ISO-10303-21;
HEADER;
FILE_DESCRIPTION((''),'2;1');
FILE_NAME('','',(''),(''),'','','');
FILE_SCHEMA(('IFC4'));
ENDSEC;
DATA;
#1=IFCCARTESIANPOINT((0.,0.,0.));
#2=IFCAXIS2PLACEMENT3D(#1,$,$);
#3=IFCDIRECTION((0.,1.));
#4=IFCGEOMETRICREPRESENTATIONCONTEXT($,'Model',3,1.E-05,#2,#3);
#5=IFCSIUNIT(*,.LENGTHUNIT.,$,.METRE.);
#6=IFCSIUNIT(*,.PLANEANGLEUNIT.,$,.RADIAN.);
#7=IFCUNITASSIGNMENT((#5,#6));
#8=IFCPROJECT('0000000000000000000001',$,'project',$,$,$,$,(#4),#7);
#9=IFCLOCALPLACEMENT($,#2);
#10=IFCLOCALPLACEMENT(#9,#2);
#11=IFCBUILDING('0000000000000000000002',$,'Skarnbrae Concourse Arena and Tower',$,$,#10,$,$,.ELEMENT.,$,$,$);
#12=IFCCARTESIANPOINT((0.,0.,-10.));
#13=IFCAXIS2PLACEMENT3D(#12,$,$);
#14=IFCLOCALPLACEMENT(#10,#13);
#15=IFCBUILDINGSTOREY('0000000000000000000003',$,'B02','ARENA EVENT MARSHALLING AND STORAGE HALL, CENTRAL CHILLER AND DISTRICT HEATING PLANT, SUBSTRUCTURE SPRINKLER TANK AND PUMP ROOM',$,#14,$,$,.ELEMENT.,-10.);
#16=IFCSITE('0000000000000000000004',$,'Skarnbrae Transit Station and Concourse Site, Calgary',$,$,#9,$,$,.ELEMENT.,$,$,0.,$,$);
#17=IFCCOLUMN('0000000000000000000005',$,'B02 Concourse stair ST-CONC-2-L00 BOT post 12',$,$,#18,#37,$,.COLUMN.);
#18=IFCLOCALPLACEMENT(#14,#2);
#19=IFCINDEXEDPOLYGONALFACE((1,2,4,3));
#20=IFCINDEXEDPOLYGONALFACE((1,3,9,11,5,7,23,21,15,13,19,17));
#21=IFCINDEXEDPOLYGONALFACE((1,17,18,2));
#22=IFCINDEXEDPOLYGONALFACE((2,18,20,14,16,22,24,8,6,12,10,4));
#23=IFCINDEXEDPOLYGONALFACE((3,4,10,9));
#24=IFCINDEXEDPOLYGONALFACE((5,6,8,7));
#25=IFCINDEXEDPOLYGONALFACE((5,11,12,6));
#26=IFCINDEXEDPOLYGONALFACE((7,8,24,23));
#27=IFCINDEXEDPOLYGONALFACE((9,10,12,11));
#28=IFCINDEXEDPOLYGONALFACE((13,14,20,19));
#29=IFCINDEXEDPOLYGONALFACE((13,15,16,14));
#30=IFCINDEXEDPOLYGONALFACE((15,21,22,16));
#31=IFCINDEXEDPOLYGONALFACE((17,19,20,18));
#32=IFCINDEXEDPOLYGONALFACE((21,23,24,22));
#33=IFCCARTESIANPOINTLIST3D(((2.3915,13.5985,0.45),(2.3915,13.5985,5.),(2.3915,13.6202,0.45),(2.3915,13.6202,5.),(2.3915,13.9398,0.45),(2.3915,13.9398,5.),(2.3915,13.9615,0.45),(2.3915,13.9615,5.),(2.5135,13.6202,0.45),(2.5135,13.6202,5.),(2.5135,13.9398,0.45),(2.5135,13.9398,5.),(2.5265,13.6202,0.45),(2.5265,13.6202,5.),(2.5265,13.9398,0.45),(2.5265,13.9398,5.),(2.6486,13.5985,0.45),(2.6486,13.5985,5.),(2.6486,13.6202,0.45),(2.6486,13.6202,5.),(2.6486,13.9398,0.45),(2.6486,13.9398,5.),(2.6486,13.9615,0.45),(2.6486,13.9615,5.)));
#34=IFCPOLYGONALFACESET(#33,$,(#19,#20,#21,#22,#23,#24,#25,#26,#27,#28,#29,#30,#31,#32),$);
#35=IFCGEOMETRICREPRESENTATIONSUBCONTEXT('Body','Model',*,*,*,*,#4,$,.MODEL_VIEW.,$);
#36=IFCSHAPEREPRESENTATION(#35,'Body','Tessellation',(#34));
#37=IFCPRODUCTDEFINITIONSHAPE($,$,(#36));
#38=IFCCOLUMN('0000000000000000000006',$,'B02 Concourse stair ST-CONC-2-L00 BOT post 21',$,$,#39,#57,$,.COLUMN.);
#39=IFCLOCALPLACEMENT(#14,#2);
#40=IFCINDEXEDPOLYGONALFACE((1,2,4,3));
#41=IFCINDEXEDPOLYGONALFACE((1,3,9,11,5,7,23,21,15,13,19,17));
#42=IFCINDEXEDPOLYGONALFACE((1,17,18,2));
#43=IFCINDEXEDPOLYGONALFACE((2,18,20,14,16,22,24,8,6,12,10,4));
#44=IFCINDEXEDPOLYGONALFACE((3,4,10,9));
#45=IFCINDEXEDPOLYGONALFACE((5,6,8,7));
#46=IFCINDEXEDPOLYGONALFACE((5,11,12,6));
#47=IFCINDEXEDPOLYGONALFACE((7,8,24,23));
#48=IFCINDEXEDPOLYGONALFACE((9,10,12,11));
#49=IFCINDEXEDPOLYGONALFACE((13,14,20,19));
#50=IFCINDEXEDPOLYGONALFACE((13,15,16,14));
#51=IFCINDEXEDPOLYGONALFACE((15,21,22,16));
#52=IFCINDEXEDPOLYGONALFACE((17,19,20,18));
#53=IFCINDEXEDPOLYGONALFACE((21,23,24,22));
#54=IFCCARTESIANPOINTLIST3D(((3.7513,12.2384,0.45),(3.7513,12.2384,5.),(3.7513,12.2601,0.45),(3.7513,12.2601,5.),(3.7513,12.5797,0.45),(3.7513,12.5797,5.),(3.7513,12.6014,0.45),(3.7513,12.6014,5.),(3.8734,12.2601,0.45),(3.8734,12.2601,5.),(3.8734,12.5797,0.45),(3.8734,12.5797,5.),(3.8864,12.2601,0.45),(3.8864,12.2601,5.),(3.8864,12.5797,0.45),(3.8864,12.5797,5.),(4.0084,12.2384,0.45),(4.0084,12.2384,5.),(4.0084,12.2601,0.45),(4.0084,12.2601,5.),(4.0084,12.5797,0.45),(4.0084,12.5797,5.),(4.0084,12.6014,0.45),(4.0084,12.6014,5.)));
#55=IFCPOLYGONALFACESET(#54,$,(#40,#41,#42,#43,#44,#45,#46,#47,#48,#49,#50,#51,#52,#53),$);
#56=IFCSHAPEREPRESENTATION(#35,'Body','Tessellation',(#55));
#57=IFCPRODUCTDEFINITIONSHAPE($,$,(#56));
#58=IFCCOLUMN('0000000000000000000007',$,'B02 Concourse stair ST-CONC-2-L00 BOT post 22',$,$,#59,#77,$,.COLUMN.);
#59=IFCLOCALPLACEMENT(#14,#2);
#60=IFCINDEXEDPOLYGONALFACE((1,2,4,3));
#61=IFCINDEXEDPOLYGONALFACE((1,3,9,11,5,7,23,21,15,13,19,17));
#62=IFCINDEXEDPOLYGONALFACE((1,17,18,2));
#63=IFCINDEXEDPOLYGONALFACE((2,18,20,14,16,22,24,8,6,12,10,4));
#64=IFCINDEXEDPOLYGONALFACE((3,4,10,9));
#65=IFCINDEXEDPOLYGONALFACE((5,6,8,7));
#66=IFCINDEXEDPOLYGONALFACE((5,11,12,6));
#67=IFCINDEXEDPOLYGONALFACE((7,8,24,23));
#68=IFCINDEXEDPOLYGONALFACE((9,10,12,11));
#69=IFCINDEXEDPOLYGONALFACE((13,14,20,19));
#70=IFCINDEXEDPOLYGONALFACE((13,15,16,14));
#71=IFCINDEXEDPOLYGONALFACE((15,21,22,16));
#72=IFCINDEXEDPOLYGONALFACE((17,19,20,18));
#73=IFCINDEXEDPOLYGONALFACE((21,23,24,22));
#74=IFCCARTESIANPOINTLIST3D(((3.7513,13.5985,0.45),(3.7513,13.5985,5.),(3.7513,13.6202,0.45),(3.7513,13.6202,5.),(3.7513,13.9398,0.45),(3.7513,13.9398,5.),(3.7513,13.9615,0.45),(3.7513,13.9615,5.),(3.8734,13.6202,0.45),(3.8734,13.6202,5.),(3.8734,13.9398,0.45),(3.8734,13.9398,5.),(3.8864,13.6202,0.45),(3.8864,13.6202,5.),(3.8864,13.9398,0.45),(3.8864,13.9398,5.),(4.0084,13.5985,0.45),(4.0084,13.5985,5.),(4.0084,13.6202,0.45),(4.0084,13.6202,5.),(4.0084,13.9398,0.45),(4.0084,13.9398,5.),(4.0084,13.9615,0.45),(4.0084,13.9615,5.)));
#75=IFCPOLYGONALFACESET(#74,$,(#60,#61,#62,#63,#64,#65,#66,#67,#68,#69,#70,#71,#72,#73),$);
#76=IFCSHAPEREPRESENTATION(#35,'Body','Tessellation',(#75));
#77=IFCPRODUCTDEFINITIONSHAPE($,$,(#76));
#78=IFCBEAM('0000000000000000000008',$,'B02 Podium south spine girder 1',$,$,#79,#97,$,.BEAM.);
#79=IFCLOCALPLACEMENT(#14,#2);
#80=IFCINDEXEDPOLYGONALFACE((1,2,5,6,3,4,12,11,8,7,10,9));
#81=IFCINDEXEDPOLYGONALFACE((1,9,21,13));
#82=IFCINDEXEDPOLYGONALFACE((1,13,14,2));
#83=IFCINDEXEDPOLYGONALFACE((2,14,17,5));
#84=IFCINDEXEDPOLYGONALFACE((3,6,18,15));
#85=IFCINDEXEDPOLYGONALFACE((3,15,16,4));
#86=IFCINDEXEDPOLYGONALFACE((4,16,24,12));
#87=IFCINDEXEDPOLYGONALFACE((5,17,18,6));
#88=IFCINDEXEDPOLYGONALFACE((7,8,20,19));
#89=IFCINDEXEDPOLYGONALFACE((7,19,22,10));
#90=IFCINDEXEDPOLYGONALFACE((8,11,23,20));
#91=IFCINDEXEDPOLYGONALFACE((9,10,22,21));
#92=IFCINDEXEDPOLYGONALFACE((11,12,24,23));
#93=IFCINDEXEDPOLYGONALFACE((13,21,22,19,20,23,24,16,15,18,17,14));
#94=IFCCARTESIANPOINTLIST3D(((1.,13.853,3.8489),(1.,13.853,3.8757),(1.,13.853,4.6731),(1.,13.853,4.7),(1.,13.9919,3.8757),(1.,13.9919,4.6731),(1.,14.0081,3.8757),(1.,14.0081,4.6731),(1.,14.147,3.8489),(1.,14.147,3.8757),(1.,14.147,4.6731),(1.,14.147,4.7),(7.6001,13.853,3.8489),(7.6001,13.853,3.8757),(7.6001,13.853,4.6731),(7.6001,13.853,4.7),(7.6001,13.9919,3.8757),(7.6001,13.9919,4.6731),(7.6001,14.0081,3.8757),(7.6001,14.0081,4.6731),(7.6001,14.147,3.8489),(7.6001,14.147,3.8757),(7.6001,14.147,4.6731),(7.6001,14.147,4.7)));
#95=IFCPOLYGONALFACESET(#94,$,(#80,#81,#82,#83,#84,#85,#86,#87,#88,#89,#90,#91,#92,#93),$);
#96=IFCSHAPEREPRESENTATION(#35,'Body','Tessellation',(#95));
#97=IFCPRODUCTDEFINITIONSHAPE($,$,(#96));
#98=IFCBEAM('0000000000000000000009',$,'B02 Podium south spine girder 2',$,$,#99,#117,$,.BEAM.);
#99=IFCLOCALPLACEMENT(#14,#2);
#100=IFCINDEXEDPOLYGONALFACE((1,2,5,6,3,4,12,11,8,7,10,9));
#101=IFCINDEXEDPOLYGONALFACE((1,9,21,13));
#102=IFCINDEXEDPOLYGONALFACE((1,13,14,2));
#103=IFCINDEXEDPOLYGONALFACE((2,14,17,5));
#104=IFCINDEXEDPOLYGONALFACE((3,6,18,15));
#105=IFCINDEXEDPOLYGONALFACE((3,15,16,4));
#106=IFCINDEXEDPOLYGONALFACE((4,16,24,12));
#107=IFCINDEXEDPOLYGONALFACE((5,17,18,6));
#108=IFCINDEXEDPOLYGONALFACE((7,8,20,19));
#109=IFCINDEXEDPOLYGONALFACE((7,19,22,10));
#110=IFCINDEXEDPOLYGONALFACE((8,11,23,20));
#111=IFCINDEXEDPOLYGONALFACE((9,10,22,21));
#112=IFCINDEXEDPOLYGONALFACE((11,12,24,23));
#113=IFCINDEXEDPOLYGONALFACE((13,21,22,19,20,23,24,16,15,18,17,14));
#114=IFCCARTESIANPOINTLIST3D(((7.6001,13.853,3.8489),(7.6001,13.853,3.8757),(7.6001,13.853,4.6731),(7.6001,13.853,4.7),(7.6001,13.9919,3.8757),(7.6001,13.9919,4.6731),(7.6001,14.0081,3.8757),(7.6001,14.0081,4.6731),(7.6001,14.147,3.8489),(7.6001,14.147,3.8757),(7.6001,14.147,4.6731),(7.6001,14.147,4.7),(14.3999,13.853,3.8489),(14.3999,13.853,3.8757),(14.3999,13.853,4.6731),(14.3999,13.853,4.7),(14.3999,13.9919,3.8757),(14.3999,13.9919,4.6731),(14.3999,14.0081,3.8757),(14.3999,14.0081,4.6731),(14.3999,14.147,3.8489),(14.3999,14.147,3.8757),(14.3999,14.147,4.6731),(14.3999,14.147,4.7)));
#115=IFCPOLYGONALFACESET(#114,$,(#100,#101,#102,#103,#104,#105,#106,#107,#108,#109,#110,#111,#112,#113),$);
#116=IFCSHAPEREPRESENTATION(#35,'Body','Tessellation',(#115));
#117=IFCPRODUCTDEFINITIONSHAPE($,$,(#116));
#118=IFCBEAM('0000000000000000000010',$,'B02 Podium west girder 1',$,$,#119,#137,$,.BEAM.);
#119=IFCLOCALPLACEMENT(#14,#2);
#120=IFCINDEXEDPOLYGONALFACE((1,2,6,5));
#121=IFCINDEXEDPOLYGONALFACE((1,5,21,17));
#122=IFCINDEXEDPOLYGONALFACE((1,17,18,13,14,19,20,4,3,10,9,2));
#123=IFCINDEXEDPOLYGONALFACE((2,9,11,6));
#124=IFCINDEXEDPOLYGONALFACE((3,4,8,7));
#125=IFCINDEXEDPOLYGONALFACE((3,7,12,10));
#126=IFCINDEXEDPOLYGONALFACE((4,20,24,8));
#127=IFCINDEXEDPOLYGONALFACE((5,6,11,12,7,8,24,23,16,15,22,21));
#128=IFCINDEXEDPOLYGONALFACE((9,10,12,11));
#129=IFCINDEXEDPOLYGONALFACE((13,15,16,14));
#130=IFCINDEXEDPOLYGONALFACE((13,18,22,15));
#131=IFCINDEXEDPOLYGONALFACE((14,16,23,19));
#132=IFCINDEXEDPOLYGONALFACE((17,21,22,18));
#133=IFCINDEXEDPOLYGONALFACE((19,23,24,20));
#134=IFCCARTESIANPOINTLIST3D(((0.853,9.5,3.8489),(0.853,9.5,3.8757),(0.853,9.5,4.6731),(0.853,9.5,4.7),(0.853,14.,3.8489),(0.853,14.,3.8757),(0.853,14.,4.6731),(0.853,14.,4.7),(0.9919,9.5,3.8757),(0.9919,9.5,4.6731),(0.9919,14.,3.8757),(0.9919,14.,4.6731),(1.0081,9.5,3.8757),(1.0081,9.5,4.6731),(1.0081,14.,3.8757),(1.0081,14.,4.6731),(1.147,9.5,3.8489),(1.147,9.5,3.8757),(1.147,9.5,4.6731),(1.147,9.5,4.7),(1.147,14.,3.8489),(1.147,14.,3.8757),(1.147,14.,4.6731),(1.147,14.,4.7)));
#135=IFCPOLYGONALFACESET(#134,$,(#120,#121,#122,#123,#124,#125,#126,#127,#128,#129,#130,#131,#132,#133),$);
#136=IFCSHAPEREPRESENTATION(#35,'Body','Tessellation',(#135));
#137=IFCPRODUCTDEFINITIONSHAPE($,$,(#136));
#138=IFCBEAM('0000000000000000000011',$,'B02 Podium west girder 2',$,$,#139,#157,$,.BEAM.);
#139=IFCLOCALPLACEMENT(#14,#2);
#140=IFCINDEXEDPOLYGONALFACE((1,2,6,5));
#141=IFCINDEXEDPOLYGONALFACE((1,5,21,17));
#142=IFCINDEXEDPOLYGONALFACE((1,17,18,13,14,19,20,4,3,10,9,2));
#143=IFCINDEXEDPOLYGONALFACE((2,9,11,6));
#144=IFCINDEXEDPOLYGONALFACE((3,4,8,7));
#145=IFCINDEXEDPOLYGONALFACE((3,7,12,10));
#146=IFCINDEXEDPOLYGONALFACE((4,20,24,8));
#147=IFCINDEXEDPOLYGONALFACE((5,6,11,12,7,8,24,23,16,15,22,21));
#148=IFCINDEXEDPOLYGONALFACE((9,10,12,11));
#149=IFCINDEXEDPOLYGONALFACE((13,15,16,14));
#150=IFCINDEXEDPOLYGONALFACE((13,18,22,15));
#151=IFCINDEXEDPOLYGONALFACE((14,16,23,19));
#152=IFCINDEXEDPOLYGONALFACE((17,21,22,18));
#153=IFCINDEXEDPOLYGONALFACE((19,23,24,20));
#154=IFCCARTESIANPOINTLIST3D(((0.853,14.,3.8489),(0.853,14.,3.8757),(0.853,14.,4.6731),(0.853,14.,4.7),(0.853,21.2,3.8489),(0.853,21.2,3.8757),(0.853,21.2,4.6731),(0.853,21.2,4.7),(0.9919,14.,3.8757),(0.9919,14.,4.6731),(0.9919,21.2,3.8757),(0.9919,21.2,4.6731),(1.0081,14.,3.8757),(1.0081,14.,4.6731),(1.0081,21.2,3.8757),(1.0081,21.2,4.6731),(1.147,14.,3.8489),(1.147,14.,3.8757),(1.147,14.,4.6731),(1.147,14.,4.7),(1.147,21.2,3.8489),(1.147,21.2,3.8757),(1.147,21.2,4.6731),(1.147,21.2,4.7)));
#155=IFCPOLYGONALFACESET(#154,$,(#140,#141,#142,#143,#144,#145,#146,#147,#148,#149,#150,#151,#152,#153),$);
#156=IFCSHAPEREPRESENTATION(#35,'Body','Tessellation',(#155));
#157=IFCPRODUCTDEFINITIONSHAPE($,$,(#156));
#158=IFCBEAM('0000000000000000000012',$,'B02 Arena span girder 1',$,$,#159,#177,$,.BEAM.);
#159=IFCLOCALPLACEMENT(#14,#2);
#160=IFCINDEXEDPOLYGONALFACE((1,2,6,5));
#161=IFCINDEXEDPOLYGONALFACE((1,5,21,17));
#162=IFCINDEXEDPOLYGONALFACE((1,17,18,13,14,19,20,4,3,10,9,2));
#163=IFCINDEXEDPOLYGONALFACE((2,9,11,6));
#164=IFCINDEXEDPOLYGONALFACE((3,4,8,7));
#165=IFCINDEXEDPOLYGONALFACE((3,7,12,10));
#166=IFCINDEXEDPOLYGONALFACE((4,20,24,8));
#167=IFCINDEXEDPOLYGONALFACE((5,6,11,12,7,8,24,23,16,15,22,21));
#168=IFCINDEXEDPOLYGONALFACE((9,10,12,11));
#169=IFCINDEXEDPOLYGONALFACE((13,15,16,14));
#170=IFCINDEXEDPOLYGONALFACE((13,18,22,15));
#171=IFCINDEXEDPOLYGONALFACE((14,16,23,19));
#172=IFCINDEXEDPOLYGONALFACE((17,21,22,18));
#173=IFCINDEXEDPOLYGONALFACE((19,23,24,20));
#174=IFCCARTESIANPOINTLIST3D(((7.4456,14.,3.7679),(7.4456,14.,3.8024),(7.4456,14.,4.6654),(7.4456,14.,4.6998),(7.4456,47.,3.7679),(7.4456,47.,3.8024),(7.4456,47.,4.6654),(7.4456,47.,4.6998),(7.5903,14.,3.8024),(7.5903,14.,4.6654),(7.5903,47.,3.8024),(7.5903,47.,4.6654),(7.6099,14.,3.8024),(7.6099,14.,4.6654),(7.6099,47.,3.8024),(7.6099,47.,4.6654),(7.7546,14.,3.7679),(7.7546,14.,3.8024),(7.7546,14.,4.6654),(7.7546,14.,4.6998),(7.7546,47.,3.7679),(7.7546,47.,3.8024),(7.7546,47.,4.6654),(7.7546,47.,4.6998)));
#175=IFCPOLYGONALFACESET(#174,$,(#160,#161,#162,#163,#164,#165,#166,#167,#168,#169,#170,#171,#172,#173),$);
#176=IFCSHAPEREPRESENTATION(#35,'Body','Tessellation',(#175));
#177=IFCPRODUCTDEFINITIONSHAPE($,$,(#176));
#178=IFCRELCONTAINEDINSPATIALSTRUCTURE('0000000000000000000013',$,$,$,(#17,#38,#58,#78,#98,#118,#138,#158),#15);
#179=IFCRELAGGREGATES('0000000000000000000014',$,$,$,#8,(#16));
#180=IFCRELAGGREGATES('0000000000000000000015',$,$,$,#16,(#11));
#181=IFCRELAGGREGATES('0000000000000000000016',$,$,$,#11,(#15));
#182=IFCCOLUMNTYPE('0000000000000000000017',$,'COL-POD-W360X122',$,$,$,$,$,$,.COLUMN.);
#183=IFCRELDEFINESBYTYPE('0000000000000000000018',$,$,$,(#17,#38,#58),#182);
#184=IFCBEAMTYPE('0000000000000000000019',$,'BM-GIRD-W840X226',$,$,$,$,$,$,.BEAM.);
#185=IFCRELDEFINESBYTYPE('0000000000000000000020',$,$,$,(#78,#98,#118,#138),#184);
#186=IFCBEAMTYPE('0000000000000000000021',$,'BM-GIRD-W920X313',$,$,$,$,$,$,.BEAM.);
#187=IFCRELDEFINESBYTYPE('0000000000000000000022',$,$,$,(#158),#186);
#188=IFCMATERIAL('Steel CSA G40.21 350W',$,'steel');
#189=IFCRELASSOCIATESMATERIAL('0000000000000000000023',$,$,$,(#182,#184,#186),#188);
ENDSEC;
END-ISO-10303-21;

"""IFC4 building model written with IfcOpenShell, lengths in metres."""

from ifc_helpers import new_model, si_unit, direction, frame, origin, origin_2d, place, context, subcontext, project, spatial, i_section, extrude, source, transform, mapped, material, material_profile, profile_set, type_object, element, save


model = new_model("IFC4")

# Units and contexts
model_context = context("Model", 3, precision=1e-05, world=origin(), true_north=direction((0.0, 1.0)))
body_context = subcontext(model_context, "Body", "Model", "MODEL_VIEW")
ifc_project = project(units=[si_unit("LENGTHUNIT", "METRE"), si_unit("PLANEANGLEUNIT", "RADIAN")], contexts=[model_context])

# Site, building, storey
site_placement = place(None, origin())
site = spatial("IfcSite", under=ifc_project, at=site_placement, Name="Skarnbrae Transit Station and Concourse Site, Calgary", CompositionType="ELEMENT", RefElevation=0.0)
building_placement = place(site_placement, origin())
building = spatial("IfcBuilding", under=site, at=building_placement, Name="Skarnbrae Concourse Arena and Tower", CompositionType="ELEMENT")
storey_placement = place(building_placement, frame((0.0, 0.0, -10.0)))
storey = spatial("IfcBuildingStorey", under=building, at=storey_placement, Name="B02", Description="ARENA EVENT MARSHALLING AND STORAGE HALL, CENTRAL CHILLER AND DISTRICT HEATING PLANT, SUBSTRUCTURE SPRINKLER TANK AND PUMP ROOM", CompositionType="ELEMENT", Elevation=-10.0)

# Columns
ifc_material_1 = material(Name="Steel CSA G40.21 350W", Category="steel")
ifc_material_profile_1 = material_profile(ifc_material_1, i_section(OverallWidth=0.2571, OverallDepth=0.363, WebThickness=0.0129, FlangeThickness=0.0217, at=origin_2d()), Name="W360X122")
ifc_profile_set_1 = profile_set([ifc_material_profile_1], Name="Steel CSA G40.21 350W")
column_type_1 = type_object("IfcColumnType", Name="COL-POD-W360X122", PredefinedType="COLUMN", material=ifc_profile_set_1)
shared_shape_1 = source(origin(), body_context, "Body", "SweptSolid", [
    extrude(i_section(OverallWidth=0.2571, OverallDepth=0.363, WebThickness=0.0129, FlangeThickness=0.0217, at=origin_2d()), origin(), (0.0, 0.0, 1.0), 4.55),
])
for number, where, z_axis, x_axis, name in (
    (1, (2.52, 13.78, 0.45), (0.0, 0.0, 1.0), (1.0, 0.0, 0.0), "B02 Concourse stair ST-CONC-2-L00 BOT post 12"),
    (2, (3.8799, 12.4199, 0.45), (0.0, 0.0, 1.0), (1.0, 0.0, 0.0), "B02 Concourse stair ST-CONC-2-L00 BOT post 21"),
    (3, (3.8799, 13.78, 0.45), (0.0, 0.0, 1.0), (1.0, 0.0, 0.0), "B02 Concourse stair ST-CONC-2-L00 BOT post 22"),
):
    element("IfcColumn", number, at=place(storey_placement, frame(where, z_axis=z_axis, x_axis=x_axis)), inside=storey, type_object=column_type_1, Name=name, PredefinedType="COLUMN", context=body_context, shape_type="MappedRepresentation", body=[
        mapped(shared_shape_1, transform((0.0, 0.0, 0.0))),
    ])

# Beams
ifc_material_profile_2 = material_profile(ifc_material_1, i_section(OverallWidth=0.2939, OverallDepth=0.8511, WebThickness=0.0161, FlangeThickness=0.0269, at=origin_2d()), Name="W840X226")
ifc_profile_set_2 = profile_set([ifc_material_profile_2], Name="Steel CSA G40.21 350W")
beam_type_1 = type_object("IfcBeamType", Name="BM-GIRD-W840X226", PredefinedType="BEAM", material=ifc_profile_set_2)
shared_shape_2 = source(origin(), body_context, "Body", "SweptSolid", [
    extrude(i_section(OverallWidth=0.2939, OverallDepth=0.8511, WebThickness=0.0161, FlangeThickness=0.0269, at=origin_2d()), origin(), (0.0, 0.0, 1.0), 6.6001),
])
beam_1_placement = place(storey_placement, frame((1.0, 14.0, 4.2744), z_axis=(1.0, 0.0, 0.0), x_axis=(0.0, 1.0, 0.0)))
element("IfcBeam", 4, at=beam_1_placement, inside=storey, type_object=beam_type_1, Name="B02 Podium south spine girder 1", PredefinedType="BEAM", context=body_context, shape_type="MappedRepresentation", body=[
    mapped(shared_shape_2, transform((0.0, 0.0, 0.0))),
])
shared_shape_3 = source(origin(), body_context, "Body", "SweptSolid", [
    extrude(i_section(OverallWidth=0.2939, OverallDepth=0.8511, WebThickness=0.0161, FlangeThickness=0.0269, at=origin_2d()), origin(), (0.0, 0.0, 1.0), 6.7998),
])
beam_2_placement = place(storey_placement, frame((7.6001, 14.0, 4.2744), z_axis=(1.0, 0.0, 0.0), x_axis=(0.0, 1.0, 0.0)))
element("IfcBeam", 5, at=beam_2_placement, inside=storey, type_object=beam_type_1, Name="B02 Podium south spine girder 2", PredefinedType="BEAM", context=body_context, shape_type="MappedRepresentation", body=[
    mapped(shared_shape_3, transform((0.0, 0.0, 0.0))),
])
shared_shape_4 = source(origin(), body_context, "Body", "SweptSolid", [
    extrude(i_section(OverallWidth=0.2939, OverallDepth=0.8511, WebThickness=0.0161, FlangeThickness=0.0269, at=origin_2d()), origin(), (0.0, 0.0, 1.0), 4.5),
])
beam_3_placement = place(storey_placement, frame((1.0, 9.5, 4.2744), z_axis=(0.0, 1.0, 0.0), x_axis=(-1.0, 0.0, 0.0)))
element("IfcBeam", 6, at=beam_3_placement, inside=storey, type_object=beam_type_1, Name="B02 Podium west girder 1", PredefinedType="BEAM", context=body_context, shape_type="MappedRepresentation", body=[
    mapped(shared_shape_4, transform((0.0, 0.0, 0.0))),
])
shared_shape_5 = source(origin(), body_context, "Body", "SweptSolid", [
    extrude(i_section(OverallWidth=0.2939, OverallDepth=0.8511, WebThickness=0.0161, FlangeThickness=0.0269, at=origin_2d()), origin(), (0.0, 0.0, 1.0), 7.2),
])
beam_4_placement = place(storey_placement, frame((1.0, 14.0, 4.2744), z_axis=(0.0, 1.0, 0.0), x_axis=(-1.0, 0.0, 0.0)))
element("IfcBeam", 7, at=beam_4_placement, inside=storey, type_object=beam_type_1, Name="B02 Podium west girder 2", PredefinedType="BEAM", context=body_context, shape_type="MappedRepresentation", body=[
    mapped(shared_shape_5, transform((0.0, 0.0, 0.0))),
])
ifc_material_profile_3 = material_profile(ifc_material_1, i_section(OverallWidth=0.3091, OverallDepth=0.9319, WebThickness=0.0195, FlangeThickness=0.0344, at=origin_2d()), Name="W920X313")
ifc_profile_set_3 = profile_set([ifc_material_profile_3], Name="Steel CSA G40.21 350W")
beam_type_2 = type_object("IfcBeamType", Name="BM-GIRD-W920X313", PredefinedType="BEAM", material=ifc_profile_set_3)
shared_shape_6 = source(origin(), body_context, "Body", "SweptSolid", [
    extrude(i_section(OverallWidth=0.3091, OverallDepth=0.9319, WebThickness=0.0195, FlangeThickness=0.0344, at=origin_2d()), origin(), (0.0, 0.0, 1.0), 33.0),
])
beam_5_placement = place(storey_placement, frame((7.6001, 14.0, 4.2339), z_axis=(0.0, 1.0, 0.0), x_axis=(-1.0, 0.0, 0.0)))
element("IfcBeam", 8, at=beam_5_placement, inside=storey, type_object=beam_type_2, Name="B02 Arena span girder 1", PredefinedType="BEAM", context=body_context, shape_type="MappedRepresentation", body=[
    mapped(shared_shape_6, transform((0.0, 0.0, 0.0))),
])

save(model, "model.ifc")
